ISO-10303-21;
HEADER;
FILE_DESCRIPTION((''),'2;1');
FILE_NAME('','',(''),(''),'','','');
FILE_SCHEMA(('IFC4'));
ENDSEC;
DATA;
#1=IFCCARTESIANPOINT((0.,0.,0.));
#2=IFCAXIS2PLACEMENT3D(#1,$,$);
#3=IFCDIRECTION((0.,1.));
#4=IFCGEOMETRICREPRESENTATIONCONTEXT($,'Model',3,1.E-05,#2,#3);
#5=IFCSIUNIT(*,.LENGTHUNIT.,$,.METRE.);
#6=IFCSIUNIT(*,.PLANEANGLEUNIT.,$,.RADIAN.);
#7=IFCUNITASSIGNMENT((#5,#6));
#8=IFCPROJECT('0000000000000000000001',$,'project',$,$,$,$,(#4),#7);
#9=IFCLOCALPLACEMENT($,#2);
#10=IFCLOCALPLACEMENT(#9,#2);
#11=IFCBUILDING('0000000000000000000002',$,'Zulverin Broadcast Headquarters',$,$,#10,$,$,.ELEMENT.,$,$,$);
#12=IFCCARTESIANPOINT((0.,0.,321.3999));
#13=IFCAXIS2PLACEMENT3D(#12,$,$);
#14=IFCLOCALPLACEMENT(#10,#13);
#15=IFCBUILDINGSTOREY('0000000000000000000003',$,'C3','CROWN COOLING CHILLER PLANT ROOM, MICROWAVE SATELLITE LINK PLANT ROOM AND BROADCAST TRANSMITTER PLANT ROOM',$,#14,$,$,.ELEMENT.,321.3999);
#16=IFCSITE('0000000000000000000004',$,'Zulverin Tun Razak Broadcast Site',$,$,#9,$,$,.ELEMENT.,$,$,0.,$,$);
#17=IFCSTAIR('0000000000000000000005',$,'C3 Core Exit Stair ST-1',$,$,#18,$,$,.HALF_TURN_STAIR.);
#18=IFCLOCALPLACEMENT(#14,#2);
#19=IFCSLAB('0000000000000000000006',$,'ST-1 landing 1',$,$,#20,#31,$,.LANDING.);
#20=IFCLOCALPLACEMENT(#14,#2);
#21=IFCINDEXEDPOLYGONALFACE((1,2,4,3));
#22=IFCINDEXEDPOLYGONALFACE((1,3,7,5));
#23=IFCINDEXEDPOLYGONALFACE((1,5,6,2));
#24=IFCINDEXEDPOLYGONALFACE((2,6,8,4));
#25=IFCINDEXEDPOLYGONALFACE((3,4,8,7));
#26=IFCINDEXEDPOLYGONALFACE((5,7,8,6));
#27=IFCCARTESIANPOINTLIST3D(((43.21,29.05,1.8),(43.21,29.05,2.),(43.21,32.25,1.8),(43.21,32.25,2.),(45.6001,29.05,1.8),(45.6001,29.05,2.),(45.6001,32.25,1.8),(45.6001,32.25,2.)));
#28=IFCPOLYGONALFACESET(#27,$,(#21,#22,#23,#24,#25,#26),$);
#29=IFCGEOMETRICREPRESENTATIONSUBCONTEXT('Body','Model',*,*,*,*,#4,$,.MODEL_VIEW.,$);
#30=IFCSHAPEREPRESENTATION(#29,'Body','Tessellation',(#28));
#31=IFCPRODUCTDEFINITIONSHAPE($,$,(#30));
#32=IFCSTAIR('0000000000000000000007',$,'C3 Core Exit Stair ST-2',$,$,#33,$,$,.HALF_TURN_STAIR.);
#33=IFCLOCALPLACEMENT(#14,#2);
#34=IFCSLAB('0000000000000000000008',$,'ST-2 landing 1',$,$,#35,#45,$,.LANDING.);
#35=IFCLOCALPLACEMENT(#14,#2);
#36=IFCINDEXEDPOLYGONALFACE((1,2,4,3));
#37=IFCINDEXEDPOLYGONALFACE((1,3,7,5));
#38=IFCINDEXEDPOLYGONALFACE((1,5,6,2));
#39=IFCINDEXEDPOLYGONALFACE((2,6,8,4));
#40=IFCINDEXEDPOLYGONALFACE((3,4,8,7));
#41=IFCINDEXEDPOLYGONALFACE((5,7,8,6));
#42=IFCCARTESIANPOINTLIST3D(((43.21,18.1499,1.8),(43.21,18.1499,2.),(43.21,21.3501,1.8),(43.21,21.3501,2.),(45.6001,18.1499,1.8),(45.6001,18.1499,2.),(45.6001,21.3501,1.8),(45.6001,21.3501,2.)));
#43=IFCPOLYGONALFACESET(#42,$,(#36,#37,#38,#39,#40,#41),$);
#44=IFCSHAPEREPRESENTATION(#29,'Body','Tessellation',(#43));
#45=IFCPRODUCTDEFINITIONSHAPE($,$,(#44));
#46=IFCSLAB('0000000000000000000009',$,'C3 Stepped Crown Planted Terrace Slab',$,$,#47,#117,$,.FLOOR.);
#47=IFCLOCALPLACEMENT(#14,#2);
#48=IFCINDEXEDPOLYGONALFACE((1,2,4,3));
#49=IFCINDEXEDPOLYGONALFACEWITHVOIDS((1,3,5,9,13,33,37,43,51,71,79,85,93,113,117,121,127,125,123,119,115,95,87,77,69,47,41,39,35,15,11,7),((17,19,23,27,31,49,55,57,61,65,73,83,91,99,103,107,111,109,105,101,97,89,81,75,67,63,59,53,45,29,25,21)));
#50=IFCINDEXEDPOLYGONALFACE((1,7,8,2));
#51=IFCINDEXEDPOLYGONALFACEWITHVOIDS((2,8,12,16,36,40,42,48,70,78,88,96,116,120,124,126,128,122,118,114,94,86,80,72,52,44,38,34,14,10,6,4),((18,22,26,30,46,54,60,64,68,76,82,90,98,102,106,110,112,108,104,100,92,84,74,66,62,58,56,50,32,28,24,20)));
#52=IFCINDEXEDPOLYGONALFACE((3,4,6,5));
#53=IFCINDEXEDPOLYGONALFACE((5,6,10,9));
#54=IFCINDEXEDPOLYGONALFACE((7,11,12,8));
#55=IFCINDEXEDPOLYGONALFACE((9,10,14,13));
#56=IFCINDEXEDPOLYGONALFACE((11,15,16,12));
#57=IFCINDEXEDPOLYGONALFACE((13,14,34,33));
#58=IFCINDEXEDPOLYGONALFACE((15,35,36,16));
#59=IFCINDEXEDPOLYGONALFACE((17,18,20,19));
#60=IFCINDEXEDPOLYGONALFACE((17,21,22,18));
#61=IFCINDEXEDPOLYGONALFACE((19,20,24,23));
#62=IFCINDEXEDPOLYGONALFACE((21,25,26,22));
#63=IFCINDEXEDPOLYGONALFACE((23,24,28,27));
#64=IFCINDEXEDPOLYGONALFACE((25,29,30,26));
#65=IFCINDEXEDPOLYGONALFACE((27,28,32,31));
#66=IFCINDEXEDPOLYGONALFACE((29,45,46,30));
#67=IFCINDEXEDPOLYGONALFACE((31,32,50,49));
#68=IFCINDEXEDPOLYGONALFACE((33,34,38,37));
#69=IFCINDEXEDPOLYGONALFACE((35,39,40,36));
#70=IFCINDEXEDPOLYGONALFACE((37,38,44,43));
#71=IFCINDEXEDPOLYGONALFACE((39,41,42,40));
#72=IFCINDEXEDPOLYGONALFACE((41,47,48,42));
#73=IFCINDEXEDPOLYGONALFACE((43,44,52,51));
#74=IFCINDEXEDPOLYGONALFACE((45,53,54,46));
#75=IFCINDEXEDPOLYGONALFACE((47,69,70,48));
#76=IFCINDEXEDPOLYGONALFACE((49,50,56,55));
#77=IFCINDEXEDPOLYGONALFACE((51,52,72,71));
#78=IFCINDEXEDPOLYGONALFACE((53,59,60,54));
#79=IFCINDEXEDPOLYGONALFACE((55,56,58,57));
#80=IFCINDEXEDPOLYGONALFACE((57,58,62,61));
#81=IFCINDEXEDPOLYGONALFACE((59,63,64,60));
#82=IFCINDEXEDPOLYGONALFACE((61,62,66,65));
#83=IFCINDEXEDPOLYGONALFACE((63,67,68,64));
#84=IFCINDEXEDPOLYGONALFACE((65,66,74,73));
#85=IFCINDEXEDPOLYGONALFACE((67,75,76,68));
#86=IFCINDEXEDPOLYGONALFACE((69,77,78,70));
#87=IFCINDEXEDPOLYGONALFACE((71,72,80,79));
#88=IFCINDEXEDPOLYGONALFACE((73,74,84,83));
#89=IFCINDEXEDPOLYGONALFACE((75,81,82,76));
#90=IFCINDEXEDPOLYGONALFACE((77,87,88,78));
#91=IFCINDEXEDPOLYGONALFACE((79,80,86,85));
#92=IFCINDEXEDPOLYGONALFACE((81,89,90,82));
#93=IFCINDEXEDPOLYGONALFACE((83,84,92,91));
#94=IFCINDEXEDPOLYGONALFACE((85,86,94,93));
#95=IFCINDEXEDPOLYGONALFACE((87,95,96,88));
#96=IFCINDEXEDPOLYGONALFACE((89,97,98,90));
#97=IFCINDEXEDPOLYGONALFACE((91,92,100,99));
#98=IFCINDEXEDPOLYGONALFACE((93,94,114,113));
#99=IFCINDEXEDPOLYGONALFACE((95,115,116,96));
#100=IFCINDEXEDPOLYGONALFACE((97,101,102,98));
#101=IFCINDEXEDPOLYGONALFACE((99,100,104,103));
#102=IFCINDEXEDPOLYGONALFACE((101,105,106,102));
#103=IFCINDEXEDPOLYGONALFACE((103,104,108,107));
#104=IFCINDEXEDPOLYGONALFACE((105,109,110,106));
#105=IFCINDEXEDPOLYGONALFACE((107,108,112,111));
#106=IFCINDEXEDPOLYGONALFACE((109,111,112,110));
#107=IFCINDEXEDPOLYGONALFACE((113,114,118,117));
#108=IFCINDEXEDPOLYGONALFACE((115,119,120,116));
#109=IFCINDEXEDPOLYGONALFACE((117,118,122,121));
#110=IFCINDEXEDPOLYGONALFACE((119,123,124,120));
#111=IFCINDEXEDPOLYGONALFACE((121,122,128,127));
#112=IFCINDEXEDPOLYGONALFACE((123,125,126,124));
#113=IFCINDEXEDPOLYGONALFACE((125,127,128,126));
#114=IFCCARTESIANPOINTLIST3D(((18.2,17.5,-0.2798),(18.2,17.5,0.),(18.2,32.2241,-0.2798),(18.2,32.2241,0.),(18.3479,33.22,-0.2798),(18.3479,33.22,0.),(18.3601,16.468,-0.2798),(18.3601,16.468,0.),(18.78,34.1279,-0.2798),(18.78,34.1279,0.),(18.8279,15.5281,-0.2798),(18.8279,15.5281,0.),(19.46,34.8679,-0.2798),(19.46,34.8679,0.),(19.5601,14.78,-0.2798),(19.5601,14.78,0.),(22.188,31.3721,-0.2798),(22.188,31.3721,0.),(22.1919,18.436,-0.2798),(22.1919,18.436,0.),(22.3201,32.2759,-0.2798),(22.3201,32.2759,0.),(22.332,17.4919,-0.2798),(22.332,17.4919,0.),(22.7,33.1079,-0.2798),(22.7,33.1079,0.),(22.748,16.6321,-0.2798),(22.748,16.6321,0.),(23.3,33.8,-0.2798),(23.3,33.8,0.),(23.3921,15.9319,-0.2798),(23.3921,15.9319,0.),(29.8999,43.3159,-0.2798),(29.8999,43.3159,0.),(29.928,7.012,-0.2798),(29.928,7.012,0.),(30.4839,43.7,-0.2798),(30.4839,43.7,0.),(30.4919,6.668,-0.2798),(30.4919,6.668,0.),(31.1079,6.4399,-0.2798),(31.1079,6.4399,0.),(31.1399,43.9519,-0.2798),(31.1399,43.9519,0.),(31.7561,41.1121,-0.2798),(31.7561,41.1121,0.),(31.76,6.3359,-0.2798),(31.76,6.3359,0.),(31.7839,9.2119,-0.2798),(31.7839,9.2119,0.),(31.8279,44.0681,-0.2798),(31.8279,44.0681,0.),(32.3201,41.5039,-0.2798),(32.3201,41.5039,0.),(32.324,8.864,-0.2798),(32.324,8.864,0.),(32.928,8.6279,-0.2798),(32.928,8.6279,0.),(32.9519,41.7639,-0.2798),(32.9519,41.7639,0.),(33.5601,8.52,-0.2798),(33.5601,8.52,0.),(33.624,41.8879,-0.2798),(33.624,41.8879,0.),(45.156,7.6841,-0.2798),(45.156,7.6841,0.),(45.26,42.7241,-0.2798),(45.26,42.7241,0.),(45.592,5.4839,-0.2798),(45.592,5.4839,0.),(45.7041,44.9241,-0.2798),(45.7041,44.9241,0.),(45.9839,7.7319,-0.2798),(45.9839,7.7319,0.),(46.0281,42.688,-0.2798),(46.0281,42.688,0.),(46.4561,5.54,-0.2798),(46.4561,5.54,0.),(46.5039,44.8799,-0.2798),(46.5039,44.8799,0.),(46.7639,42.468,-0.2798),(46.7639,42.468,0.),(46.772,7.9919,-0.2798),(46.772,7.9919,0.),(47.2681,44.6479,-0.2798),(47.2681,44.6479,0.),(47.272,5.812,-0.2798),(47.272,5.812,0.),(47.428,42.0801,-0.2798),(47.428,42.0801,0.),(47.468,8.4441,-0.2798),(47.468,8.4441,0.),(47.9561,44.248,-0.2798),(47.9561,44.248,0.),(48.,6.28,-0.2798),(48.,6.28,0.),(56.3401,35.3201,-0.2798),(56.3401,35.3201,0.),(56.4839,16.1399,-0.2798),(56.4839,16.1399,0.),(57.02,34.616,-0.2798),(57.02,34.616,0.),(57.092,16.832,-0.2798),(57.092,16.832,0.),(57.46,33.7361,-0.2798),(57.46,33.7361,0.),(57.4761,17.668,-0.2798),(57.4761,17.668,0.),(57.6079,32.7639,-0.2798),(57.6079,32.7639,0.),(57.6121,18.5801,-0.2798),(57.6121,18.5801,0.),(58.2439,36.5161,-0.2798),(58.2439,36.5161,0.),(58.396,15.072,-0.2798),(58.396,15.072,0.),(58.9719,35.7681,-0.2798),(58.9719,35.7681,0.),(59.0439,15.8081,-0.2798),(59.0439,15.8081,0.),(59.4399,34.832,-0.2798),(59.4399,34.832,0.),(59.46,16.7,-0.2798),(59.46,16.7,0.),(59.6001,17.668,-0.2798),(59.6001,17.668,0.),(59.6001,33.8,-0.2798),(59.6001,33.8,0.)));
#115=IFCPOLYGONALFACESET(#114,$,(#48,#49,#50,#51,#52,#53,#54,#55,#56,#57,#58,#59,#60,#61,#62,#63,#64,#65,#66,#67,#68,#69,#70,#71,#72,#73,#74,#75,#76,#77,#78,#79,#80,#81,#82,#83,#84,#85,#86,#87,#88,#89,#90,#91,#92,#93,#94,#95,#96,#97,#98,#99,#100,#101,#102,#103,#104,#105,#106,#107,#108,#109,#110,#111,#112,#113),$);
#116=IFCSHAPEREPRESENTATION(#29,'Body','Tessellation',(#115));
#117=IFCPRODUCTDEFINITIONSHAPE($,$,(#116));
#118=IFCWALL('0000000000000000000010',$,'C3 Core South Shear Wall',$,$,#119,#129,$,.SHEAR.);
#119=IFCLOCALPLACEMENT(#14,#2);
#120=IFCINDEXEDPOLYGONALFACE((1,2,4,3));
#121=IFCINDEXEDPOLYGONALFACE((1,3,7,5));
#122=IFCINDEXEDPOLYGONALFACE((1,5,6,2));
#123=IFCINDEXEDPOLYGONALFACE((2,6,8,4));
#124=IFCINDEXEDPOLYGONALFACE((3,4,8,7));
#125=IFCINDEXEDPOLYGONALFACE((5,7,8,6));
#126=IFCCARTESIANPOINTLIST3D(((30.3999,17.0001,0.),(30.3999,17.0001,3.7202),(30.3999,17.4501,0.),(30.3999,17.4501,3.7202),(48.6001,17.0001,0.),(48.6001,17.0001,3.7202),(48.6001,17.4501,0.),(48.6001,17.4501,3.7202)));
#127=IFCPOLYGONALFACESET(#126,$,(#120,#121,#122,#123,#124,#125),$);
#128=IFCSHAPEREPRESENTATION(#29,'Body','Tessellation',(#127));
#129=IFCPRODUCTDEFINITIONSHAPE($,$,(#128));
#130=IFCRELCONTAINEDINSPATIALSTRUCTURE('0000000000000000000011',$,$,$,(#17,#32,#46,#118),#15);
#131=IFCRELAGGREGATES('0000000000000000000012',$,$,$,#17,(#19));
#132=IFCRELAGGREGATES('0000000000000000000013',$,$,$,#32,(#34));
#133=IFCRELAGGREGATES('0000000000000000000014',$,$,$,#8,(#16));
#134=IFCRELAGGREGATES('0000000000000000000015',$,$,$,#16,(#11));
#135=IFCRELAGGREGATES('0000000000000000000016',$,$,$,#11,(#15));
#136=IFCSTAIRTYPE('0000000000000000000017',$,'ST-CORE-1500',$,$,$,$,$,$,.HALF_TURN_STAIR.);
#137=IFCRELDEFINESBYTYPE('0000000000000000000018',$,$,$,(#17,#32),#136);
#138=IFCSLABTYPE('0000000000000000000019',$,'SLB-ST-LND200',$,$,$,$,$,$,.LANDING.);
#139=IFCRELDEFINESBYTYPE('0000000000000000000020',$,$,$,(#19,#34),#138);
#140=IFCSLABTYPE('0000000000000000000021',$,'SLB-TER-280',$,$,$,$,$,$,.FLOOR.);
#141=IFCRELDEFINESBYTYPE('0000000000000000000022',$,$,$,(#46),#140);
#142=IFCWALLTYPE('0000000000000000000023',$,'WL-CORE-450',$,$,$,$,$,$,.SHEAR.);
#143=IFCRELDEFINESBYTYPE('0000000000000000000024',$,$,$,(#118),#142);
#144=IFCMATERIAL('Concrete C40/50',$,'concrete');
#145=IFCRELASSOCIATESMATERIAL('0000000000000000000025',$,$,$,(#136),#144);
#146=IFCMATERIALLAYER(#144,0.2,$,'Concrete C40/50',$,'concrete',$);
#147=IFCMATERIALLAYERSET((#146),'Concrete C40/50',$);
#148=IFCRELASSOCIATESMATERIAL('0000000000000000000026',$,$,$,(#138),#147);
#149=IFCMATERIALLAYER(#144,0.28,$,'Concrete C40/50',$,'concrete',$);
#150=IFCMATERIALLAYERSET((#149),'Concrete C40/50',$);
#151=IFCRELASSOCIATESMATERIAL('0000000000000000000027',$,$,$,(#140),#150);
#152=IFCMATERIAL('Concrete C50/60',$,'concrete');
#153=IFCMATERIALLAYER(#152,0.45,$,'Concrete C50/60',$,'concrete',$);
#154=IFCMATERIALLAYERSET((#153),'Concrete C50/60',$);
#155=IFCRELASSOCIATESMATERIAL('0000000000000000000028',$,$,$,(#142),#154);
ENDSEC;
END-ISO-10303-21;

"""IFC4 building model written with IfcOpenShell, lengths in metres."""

from ifc_helpers import new_model, si_unit, direction, frame, frame_2d, origin, place, context, subcontext, project, spatial, polyline, rectangle, outline, extrude, material, layer, layer_set, type_object, element, aggregate, save


model = new_model("IFC4")

# Units and contexts
model_context = context("Model", 3, precision=1e-05, world=origin(), true_north=direction((0.0, 1.0)))
body_context = subcontext(model_context, "Body", "Model", "MODEL_VIEW")
ifc_project = project(units=[si_unit("LENGTHUNIT", "METRE"), si_unit("PLANEANGLEUNIT", "RADIAN")], contexts=[model_context])

# Site, building, storey
site_placement = place(None, origin())
site = spatial("IfcSite", under=ifc_project, at=site_placement, Name="Zulverin Tun Razak Broadcast Site", CompositionType="ELEMENT", RefElevation=0.0)
building_placement = place(site_placement, origin())
building = spatial("IfcBuilding", under=site, at=building_placement, Name="Zulverin Broadcast Headquarters", CompositionType="ELEMENT")
storey_placement = place(building_placement, frame((0.0, 0.0, 321.3999)))
storey = spatial("IfcBuildingStorey", under=building, at=storey_placement, Name="C3", Description="CROWN COOLING CHILLER PLANT ROOM, MICROWAVE SATELLITE LINK PLANT ROOM AND BROADCAST TRANSMITTER PLANT ROOM", CompositionType="ELEMENT", Elevation=321.3999)

# Shared definitions
ifc_material_1 = material(Name="Concrete C50/60", Category="concrete")

# Shared definitions
ifc_material_2 = material(Name="Concrete C40/50", Category="concrete")

# Stairs, slabs
stair_type = type_object("IfcStairType", Name="ST-CORE-1500", PredefinedType="HALF_TURN_STAIR", material=ifc_material_2)
stair_1_placement = place(storey_placement, origin())
stair_1 = element("IfcStair", 1, at=stair_1_placement, inside=storey, type_object=stair_type, Name="C3 Core Exit Stair ST-1", PredefinedType="HALF_TURN_STAIR")
ifc_layer_1 = layer(ifc_material_2, 0.2, Name="Concrete C40/50", Category="concrete")
ifc_layer_set_1 = layer_set([ifc_layer_1], Name="Concrete C40/50")
slab_type_1 = type_object("IfcSlabType", Name="SLB-ST-LND200", PredefinedType="LANDING", material=ifc_layer_set_1)
slab_1_placement = place(storey_placement, frame((0.0, 0.0, 1.8)))
slab_1 = element("IfcSlab", 2, at=slab_1_placement, type_object=slab_type_1, Name="ST-1 landing 1", PredefinedType="LANDING", context=body_context, shape_type="SweptSolid", body=[
    extrude(outline(polyline([(43.21, 29.05), (45.6001, 29.05), (45.6001, 32.25), (43.21, 32.25), (43.21, 29.05)])), origin(), (0.0, 0.0, 1.0), 0.2),
])
aggregate(stair_1, [slab_1])
stair_2_placement = place(storey_placement, origin())
stair_2 = element("IfcStair", 3, at=stair_2_placement, inside=storey, type_object=stair_type, Name="C3 Core Exit Stair ST-2", PredefinedType="HALF_TURN_STAIR")
slab_2_placement = place(storey_placement, frame((0.0, 0.0, 1.8)))
slab_2 = element("IfcSlab", 4, at=slab_2_placement, type_object=slab_type_1, Name="ST-2 landing 1", PredefinedType="LANDING", context=body_context, shape_type="SweptSolid", body=[
    extrude(outline(polyline([(43.21, 18.1499), (45.6001, 18.1499), (45.6001, 21.3501), (43.21, 21.3501), (43.21, 18.1499)])), origin(), (0.0, 0.0, 1.0), 0.2),
])
aggregate(stair_2, [slab_2])

# Slab
ifc_layer_2 = layer(ifc_material_2, 0.28, Name="Concrete C40/50", Category="concrete")
ifc_layer_set_2 = layer_set([ifc_layer_2], Name="Concrete C40/50")
slab_type_2 = type_object("IfcSlabType", Name="SLB-TER-280", PredefinedType="FLOOR", material=ifc_layer_set_2)
slab_3_placement = place(storey_placement, frame((0.0, 0.0, -0.2798)))
element("IfcSlab", 5, at=slab_3_placement, inside=storey, type_object=slab_type_2, Name="C3 Stepped Crown Planted Terrace Slab", PredefinedType="FLOOR", context=body_context, shape_type="SweptSolid", body=[
    extrude(outline(polyline([(18.8279, 15.5281), (19.5601, 14.78), (29.928, 7.012), (30.4919, 6.668), (31.1079, 6.4399), (31.76, 6.3359), (45.592, 5.4839), (46.4561, 5.54), (47.272, 5.812), (48.0, 6.28), (58.396, 15.072), (59.0439, 15.8081), (59.46, 16.7), (59.6001, 17.668), (59.6001, 33.8), (59.4399, 34.832), (58.9719, 35.7681), (58.2439, 36.5161), (47.9561, 44.248), (47.2681, 44.6479), (46.5039, 44.8799), (45.7041, 44.9241), (31.8279, 44.0681), (31.1399, 43.9519), (30.4839, 43.7), (29.8999, 43.3159), (19.46, 34.8679), (18.78, 34.1279), (18.3479, 33.22), (18.2, 32.2241), (18.2, 17.5), (18.3601, 16.468), (18.8279, 15.5281)]), holes=[polyline([(32.324, 8.864), (31.7839, 9.2119), (23.3921, 15.9319), (22.748, 16.6321), (22.332, 17.4919), (22.1919, 18.436), (22.188, 31.3721), (22.3201, 32.2759), (22.7, 33.1079), (23.3, 33.8), (31.7561, 41.1121), (32.3201, 41.5039), (32.9519, 41.7639), (33.624, 41.8879), (45.26, 42.7241), (46.0281, 42.688), (46.7639, 42.468), (47.428, 42.0801), (56.3401, 35.3201), (57.02, 34.616), (57.46, 33.7361), (57.6079, 32.7639), (57.6121, 18.5801), (57.4761, 17.668), (57.092, 16.832), (56.4839, 16.1399), (47.468, 8.4441), (46.772, 7.9919), (45.9839, 7.7319), (45.156, 7.6841), (33.5601, 8.52), (32.928, 8.6279), (32.324, 8.864)])]), origin(), (0.0, 0.0, 1.0), 0.2798),
])

# Wall
ifc_layer_3 = layer(ifc_material_1, 0.45, Name="Concrete C50/60", Category="concrete")
ifc_layer_set_3 = layer_set([ifc_layer_3], Name="Concrete C50/60")
wall_type_1 = type_object("IfcWallType", Name="WL-CORE-450", PredefinedType="SHEAR", material=ifc_layer_set_3)
wall_1_placement = place(storey_placement, frame((30.3999, 17.2251, 0.0), z_axis=(0.0, 0.0, 1.0), x_axis=(1.0, 0.0, 0.0)))
element("IfcWall", 6, at=wall_1_placement, inside=storey, type_object=wall_type_1, Name="C3 Core South Shear Wall", PredefinedType="SHEAR", context=body_context, shape_type="SweptSolid", body=[
    extrude(rectangle(XDim=18.2002, YDim=0.45, at=frame_2d((9.1001, 0.0))), origin(), (0.0, 0.0, 1.0), 3.7202),
])

save(model, "model.ifc")
